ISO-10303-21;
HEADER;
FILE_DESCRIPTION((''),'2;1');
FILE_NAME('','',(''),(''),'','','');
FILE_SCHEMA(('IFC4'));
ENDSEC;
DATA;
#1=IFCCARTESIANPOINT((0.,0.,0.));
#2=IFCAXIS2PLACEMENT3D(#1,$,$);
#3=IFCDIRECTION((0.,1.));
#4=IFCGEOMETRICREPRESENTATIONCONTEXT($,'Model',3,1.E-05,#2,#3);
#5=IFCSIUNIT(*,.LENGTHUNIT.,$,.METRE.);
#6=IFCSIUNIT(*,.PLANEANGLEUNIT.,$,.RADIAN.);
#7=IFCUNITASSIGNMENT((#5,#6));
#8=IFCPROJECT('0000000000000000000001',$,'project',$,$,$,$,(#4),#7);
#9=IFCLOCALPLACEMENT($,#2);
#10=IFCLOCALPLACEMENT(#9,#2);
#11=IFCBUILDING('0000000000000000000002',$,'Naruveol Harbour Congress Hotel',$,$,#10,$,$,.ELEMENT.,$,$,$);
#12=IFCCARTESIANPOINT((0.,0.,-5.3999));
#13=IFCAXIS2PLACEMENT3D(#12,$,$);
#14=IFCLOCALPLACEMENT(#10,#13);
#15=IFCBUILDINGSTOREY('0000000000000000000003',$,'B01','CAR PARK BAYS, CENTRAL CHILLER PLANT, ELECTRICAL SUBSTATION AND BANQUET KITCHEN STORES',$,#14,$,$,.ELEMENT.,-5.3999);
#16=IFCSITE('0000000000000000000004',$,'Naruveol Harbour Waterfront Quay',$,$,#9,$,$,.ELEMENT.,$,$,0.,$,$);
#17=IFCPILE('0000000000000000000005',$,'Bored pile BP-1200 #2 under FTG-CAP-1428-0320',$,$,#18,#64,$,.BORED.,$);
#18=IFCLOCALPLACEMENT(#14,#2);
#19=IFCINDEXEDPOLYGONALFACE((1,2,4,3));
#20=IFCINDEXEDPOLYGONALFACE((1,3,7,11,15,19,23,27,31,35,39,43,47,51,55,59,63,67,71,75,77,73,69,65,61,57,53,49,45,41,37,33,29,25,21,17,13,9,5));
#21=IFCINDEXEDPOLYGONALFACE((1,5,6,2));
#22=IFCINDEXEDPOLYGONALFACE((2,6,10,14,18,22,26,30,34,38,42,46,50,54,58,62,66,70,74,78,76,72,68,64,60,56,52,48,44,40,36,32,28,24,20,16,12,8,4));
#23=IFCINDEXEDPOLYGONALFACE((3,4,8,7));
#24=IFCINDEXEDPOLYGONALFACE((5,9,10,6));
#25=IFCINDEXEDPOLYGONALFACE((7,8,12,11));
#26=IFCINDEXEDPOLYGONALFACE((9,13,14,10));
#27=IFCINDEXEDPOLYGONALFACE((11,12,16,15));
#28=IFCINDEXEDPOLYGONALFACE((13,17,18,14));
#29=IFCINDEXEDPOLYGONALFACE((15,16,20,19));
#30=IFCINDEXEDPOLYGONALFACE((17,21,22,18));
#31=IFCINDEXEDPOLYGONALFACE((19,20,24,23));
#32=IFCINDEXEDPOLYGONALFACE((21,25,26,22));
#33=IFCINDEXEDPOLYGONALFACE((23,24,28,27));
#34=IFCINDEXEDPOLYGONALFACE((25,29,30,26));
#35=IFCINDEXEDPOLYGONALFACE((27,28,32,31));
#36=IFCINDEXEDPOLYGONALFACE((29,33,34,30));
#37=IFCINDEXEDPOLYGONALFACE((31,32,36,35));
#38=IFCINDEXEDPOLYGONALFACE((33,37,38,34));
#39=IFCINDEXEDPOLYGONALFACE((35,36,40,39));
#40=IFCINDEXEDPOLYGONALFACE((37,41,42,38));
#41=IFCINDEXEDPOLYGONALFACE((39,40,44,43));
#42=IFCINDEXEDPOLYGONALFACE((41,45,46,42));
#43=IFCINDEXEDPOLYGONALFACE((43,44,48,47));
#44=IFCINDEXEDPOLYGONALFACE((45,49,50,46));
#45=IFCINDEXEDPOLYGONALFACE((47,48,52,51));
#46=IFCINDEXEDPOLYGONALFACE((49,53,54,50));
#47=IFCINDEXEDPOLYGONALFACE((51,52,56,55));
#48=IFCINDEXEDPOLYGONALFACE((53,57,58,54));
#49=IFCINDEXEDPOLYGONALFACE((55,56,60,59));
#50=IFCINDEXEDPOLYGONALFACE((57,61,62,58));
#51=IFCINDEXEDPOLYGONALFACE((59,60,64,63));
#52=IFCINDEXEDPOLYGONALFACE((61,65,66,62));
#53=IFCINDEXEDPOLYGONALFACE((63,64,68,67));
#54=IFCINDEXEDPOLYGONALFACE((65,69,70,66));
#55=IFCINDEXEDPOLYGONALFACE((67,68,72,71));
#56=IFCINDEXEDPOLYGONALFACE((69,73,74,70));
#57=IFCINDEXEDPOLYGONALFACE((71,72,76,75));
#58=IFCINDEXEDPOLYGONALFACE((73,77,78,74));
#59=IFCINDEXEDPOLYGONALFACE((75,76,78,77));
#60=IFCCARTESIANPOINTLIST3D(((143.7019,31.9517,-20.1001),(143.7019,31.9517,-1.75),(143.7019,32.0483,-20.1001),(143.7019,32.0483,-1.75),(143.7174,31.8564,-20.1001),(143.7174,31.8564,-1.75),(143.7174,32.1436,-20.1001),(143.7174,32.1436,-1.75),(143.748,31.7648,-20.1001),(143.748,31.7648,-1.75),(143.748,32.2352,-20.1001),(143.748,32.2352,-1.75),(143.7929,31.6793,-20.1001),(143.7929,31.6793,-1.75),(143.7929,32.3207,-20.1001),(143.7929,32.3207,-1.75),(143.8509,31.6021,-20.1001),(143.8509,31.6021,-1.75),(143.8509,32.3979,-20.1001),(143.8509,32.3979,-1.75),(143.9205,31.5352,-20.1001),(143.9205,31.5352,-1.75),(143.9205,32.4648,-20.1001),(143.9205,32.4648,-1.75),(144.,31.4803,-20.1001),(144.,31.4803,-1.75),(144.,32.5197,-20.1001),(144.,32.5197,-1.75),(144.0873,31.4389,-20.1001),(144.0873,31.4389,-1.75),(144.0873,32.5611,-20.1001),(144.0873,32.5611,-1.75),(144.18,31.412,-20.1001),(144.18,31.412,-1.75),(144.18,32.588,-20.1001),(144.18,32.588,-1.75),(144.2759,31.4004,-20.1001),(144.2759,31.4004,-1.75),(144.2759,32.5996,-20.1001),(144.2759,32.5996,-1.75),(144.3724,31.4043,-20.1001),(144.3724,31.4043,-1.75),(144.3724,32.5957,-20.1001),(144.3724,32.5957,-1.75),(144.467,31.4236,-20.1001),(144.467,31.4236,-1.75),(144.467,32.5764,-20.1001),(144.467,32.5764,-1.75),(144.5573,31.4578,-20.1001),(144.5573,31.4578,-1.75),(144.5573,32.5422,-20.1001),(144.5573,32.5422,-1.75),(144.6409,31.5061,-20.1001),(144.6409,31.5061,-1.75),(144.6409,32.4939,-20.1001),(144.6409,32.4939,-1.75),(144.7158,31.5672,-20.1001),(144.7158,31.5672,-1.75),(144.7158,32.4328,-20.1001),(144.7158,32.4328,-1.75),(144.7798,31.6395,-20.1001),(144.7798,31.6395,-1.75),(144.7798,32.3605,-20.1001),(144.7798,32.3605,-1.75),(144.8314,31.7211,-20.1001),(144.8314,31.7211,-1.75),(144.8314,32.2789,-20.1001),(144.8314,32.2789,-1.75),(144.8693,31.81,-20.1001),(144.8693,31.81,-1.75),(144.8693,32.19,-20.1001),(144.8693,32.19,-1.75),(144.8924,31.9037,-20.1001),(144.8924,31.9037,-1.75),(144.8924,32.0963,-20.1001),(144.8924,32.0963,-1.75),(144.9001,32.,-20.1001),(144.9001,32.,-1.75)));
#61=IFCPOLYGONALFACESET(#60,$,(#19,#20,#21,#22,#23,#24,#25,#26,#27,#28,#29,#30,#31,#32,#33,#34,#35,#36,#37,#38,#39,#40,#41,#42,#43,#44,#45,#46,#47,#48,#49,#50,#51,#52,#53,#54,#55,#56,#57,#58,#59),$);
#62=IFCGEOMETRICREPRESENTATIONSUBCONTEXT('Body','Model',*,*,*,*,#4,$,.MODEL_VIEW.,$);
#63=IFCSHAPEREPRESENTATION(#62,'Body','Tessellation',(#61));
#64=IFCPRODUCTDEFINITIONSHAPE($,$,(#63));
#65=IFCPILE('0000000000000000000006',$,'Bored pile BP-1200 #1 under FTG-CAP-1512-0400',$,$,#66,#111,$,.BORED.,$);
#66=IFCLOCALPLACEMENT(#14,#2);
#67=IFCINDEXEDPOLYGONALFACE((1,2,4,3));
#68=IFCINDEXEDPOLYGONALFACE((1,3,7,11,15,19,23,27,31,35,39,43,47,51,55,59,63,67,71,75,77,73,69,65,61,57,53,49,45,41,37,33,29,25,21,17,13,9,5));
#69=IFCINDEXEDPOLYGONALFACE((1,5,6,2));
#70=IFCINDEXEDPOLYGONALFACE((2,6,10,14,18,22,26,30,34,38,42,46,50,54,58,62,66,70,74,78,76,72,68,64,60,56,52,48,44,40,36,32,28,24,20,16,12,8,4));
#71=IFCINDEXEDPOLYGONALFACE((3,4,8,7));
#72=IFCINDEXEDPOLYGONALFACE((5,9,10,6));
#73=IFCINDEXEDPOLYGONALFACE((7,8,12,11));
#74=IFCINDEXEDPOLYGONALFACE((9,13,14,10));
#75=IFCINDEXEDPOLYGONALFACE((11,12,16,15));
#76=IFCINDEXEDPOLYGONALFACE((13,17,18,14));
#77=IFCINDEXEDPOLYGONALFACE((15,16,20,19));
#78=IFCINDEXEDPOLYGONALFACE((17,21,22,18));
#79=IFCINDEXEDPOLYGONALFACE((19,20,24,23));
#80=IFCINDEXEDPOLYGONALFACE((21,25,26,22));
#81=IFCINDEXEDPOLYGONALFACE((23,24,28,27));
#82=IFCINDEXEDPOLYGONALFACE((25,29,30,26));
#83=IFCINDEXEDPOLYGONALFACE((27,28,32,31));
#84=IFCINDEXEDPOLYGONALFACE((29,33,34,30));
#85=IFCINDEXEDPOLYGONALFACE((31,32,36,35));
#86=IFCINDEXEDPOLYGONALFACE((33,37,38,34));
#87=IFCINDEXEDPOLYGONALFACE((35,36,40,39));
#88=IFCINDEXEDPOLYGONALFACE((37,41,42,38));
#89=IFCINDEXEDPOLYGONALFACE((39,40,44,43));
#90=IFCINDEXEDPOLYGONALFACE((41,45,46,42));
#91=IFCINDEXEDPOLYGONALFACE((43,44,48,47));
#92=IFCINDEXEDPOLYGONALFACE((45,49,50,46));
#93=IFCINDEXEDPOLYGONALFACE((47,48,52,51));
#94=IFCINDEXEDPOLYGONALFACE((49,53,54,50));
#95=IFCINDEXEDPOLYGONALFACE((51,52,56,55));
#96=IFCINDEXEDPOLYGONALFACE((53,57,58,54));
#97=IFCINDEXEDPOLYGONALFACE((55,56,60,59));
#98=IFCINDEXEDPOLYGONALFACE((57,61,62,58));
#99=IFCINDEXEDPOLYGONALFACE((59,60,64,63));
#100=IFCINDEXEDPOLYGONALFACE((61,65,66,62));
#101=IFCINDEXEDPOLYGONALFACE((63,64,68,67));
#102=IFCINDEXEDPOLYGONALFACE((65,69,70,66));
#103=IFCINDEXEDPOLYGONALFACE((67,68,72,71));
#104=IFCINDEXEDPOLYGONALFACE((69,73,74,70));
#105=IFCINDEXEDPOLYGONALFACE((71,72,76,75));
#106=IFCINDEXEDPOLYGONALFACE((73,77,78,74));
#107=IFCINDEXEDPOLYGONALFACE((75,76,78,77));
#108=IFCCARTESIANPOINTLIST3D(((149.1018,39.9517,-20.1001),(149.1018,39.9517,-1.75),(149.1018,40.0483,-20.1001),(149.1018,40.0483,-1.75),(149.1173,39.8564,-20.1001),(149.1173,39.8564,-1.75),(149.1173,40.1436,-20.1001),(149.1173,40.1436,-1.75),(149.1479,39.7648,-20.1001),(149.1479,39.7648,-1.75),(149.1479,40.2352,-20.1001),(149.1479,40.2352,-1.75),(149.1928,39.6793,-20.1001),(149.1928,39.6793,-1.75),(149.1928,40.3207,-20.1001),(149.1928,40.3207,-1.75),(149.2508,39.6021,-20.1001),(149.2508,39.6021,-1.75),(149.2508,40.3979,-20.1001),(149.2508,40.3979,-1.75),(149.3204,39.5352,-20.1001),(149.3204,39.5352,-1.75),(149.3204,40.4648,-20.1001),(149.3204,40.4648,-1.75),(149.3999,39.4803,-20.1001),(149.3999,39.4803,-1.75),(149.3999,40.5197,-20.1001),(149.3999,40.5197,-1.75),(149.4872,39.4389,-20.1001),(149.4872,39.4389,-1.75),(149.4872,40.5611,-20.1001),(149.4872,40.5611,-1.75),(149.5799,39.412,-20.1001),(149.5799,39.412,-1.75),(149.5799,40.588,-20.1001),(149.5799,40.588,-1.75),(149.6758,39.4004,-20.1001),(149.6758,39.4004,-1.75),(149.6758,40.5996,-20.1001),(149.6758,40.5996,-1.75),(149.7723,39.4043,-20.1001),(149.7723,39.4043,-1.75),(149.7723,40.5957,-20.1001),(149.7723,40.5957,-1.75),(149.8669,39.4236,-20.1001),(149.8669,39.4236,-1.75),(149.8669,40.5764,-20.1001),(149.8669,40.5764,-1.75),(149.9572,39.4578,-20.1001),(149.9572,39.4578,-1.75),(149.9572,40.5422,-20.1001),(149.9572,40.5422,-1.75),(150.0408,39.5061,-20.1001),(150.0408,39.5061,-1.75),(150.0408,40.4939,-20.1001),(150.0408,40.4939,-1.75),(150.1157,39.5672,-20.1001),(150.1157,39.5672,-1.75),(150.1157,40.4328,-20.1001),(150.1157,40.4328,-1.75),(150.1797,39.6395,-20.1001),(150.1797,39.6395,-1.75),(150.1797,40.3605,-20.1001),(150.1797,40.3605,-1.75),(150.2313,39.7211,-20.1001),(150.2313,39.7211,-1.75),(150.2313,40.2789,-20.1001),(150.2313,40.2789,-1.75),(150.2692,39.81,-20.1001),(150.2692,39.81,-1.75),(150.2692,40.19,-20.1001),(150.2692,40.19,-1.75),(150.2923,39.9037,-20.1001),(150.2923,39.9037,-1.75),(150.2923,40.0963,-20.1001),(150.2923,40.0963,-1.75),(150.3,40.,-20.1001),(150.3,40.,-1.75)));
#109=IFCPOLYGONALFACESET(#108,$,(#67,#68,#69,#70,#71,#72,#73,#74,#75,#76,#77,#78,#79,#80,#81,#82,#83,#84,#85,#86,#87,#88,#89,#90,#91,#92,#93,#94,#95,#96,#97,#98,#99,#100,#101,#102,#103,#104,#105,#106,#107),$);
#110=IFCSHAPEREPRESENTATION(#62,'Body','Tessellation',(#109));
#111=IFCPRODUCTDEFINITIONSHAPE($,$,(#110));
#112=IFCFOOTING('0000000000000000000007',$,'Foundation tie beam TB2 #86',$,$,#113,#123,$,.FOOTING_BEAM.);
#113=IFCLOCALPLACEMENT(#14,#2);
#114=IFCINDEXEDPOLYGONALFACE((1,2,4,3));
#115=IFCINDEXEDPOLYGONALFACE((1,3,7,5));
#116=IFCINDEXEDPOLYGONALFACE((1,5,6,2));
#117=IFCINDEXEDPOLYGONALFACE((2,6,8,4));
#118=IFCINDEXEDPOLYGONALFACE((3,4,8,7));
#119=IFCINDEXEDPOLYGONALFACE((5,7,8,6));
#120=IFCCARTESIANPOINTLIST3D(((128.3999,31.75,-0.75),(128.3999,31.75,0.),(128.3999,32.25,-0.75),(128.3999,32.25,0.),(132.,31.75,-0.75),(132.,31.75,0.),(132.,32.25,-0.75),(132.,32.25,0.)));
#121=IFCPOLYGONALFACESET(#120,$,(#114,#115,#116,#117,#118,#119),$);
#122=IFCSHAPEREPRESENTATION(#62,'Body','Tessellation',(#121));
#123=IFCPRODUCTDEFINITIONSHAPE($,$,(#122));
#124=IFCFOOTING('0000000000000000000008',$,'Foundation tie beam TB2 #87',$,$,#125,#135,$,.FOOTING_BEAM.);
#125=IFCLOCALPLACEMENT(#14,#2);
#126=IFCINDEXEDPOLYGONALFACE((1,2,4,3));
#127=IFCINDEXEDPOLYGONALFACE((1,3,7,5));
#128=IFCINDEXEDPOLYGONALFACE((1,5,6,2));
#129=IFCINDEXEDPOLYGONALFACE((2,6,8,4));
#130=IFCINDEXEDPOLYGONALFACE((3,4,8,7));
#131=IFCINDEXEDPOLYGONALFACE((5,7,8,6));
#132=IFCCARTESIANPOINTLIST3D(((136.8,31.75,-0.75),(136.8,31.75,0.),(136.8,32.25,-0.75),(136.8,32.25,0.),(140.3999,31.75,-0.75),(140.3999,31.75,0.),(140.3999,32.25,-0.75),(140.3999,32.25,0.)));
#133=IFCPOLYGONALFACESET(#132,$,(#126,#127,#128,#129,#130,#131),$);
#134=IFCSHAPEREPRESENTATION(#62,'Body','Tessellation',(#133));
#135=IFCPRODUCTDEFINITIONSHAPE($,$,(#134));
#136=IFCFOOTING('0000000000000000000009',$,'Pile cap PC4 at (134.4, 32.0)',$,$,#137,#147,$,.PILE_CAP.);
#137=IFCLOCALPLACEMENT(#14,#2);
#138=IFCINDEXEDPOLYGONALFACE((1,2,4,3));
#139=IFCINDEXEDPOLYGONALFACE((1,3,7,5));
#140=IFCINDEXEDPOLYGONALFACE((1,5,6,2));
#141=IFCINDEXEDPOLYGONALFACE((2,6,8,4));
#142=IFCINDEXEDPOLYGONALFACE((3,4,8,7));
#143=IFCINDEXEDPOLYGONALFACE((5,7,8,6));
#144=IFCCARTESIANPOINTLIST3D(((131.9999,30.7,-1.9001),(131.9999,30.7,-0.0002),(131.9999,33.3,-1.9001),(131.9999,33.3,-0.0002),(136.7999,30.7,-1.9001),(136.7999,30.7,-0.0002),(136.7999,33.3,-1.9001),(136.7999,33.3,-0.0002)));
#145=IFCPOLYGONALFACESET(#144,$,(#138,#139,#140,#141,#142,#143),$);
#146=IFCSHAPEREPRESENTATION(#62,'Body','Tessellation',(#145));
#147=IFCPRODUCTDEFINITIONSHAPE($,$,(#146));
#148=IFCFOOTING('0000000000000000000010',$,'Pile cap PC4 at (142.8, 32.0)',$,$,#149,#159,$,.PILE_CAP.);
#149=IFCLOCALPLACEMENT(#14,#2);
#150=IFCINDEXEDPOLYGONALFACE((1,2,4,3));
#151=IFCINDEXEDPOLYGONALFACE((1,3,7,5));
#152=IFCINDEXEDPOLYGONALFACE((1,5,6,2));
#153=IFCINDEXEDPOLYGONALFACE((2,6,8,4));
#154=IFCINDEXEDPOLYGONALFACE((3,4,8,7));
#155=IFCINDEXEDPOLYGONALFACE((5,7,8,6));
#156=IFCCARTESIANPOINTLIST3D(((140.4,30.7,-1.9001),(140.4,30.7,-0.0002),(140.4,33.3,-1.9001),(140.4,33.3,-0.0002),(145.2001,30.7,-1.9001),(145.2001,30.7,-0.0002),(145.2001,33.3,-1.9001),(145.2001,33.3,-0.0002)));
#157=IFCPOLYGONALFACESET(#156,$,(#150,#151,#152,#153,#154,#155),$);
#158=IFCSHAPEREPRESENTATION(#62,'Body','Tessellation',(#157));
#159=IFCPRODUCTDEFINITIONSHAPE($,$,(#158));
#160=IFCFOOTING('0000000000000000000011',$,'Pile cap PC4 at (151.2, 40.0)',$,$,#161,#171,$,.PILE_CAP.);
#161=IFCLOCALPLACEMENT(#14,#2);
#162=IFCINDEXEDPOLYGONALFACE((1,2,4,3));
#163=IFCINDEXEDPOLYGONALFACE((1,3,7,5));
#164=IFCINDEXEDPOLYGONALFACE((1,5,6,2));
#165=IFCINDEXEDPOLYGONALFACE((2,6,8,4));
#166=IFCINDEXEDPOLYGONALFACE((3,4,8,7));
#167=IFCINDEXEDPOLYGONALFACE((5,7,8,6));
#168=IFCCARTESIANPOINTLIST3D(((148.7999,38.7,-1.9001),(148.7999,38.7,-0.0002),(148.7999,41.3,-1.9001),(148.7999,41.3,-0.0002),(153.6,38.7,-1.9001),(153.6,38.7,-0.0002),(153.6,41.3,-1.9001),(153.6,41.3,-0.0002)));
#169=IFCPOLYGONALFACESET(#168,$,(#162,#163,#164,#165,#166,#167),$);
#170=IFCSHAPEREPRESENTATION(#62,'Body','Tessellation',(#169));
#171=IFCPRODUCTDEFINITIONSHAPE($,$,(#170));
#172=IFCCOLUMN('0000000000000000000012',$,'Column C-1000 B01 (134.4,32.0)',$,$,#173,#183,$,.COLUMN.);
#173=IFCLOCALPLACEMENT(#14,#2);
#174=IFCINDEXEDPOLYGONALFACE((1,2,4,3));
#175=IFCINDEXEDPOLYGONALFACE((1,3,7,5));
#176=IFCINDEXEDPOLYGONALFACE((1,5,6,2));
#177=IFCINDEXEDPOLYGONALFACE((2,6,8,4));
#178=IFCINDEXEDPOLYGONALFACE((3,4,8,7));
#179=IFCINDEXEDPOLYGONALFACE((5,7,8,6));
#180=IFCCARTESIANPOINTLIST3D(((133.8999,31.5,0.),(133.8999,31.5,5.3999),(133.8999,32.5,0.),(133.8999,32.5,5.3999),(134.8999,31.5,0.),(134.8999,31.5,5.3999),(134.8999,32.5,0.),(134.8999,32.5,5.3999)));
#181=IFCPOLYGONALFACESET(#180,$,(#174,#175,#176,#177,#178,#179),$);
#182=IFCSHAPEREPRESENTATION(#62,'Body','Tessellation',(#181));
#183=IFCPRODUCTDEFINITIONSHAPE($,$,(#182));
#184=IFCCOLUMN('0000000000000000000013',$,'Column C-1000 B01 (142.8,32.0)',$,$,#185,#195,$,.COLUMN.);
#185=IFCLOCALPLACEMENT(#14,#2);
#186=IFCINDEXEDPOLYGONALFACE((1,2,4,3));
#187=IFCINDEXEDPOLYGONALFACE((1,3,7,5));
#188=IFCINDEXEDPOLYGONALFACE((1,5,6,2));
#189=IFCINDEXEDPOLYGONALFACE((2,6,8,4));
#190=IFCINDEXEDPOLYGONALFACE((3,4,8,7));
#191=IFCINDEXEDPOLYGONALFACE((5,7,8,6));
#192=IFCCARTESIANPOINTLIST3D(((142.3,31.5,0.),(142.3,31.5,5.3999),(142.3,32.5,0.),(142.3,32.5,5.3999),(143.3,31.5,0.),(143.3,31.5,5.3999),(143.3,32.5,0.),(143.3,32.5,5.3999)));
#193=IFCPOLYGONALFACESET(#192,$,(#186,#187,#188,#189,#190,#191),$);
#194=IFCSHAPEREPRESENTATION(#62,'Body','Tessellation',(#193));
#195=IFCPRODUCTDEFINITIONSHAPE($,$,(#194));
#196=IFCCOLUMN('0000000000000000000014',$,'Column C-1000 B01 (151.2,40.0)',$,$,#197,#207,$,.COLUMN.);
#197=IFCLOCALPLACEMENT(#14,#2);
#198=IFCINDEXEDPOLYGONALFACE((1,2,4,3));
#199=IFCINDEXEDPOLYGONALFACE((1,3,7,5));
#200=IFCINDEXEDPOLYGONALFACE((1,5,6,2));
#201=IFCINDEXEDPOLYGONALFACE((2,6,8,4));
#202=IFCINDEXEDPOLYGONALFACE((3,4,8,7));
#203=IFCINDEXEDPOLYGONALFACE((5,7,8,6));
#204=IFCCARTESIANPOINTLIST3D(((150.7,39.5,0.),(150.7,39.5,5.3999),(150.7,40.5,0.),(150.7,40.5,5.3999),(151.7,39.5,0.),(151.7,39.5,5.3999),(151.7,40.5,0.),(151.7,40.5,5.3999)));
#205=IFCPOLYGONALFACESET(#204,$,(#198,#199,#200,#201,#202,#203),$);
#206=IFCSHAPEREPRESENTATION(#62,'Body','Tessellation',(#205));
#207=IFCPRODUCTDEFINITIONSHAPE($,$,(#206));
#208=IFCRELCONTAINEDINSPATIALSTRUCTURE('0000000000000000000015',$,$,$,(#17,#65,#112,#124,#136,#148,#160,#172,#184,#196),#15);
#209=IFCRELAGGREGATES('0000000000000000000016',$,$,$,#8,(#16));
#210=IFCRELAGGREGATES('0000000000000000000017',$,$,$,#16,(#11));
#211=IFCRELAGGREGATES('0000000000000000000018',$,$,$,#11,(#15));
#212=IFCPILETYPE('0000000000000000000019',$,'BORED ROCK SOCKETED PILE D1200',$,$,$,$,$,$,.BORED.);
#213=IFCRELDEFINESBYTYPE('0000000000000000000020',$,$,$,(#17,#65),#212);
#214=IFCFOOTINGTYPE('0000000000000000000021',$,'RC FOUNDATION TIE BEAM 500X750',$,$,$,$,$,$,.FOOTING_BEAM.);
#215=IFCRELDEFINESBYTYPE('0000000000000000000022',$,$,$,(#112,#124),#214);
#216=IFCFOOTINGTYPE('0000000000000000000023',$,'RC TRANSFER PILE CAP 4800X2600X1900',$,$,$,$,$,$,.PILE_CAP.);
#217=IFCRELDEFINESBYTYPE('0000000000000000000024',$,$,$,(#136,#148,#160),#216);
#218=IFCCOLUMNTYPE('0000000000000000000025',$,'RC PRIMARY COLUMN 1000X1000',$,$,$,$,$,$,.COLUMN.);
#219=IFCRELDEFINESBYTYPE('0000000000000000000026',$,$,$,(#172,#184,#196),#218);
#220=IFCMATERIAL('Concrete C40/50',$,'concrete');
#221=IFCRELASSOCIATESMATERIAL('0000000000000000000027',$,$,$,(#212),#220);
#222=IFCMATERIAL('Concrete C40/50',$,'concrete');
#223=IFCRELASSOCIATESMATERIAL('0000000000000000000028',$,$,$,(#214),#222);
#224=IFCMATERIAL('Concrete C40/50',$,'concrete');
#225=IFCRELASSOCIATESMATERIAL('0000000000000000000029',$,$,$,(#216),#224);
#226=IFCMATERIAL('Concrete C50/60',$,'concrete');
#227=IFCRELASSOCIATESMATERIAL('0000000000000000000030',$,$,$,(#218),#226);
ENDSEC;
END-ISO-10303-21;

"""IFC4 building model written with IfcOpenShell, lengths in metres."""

from ifc_helpers import new_model, si_unit, direction, frame, origin, origin_2d, place, context, subcontext, project, spatial, rectangle, circle, extrude, material, material_profile, profile_set, type_object, element, save


model = new_model("IFC4")

# Units and contexts
model_context = context("Model", 3, precision=1e-05, world=origin(), true_north=direction((0.0, 1.0)))
body_context = subcontext(model_context, "Body", "Model", "MODEL_VIEW")
ifc_project = project(units=[si_unit("LENGTHUNIT", "METRE"), si_unit("PLANEANGLEUNIT", "RADIAN")], contexts=[model_context])

# Site, building, storey
site_placement = place(None, origin())
site = spatial("IfcSite", under=ifc_project, at=site_placement, Name="Naruveol Harbour Waterfront Quay", CompositionType="ELEMENT", RefElevation=0.0)
building_placement = place(site_placement, origin())
building = spatial("IfcBuilding", under=site, at=building_placement, Name="Naruveol Harbour Congress Hotel", CompositionType="ELEMENT")
storey_placement = place(building_placement, frame((0.0, 0.0, -5.3999)))
storey = spatial("IfcBuildingStorey", under=building, at=storey_placement, Name="B01", Description="CAR PARK BAYS, CENTRAL CHILLER PLANT, ELECTRICAL SUBSTATION AND BANQUET KITCHEN STORES", CompositionType="ELEMENT", Elevation=-5.3999)

# Piles
ifc_material_1 = material(Name="Concrete C40/50", Category="concrete")
ifc_material_profile_1 = material_profile(ifc_material_1, circle(Radius=0.6001, at=origin_2d()), Name="BP-1200")
ifc_profile_set_1 = profile_set([ifc_material_profile_1], Name="Concrete C40/50")
pile_type = type_object("IfcPileType", Name="BORED ROCK SOCKETED PILE D1200", PredefinedType="BORED", material=ifc_profile_set_1)
for number, where, z_axis, x_axis, name in (
    (1, (144.3, 32.0, -1.75), (0.0, 0.0, -1.0), (1.0, 0.0, 0.0), "Bored pile BP-1200 #2 under FTG-CAP-1428-0320"),
    (2, (149.7, 40.0, -1.75), (0.0, 0.0, -1.0), (1.0, 0.0, 0.0), "Bored pile BP-1200 #1 under FTG-CAP-1512-0400"),
):
    element("IfcPile", number, at=place(storey_placement, frame(where, z_axis=z_axis, x_axis=x_axis)), inside=storey, type_object=pile_type, Name=name, PredefinedType="BORED", context=body_context, shape_type="SweptSolid", body=[
        extrude(circle(Radius=0.6001, at=origin_2d()), origin(), (0.0, 0.0, 1.0), 18.3501),
    ])

# Footings
ifc_material_2 = material(Name="Concrete C40/50", Category="concrete")
ifc_material_profile_2 = material_profile(ifc_material_2, rectangle(XDim=0.5, YDim=0.75, at=origin_2d()), Name="RCB-500x750")
ifc_profile_set_2 = profile_set([ifc_material_profile_2], Name="Concrete C40/50")
footing_type_1 = type_object("IfcFootingType", Name="RC FOUNDATION TIE BEAM 500X750", PredefinedType="FOOTING_BEAM", material=ifc_profile_set_2)
footing_1_placement = place(storey_placement, frame((128.3999, 32.0, -0.375), z_axis=(1.0, 0.0, 0.0), x_axis=(0.0, 1.0, 0.0)))
element("IfcFooting", 3, at=footing_1_placement, inside=storey, type_object=footing_type_1, Name="Foundation tie beam TB2 #86", PredefinedType="FOOTING_BEAM", context=body_context, shape_type="SweptSolid", body=[
    extrude(rectangle(XDim=0.5, YDim=0.75, at=origin_2d()), origin(), (0.0, 0.0, 1.0), 3.6001),
])
footing_2_placement = place(storey_placement, frame((136.8, 32.0, -0.375), z_axis=(1.0, 0.0, 0.0), x_axis=(0.0, 1.0, 0.0)))
element("IfcFooting", 4, at=footing_2_placement, inside=storey, type_object=footing_type_1, Name="Foundation tie beam TB2 #87", PredefinedType="FOOTING_BEAM", context=body_context, shape_type="SweptSolid", body=[
    extrude(rectangle(XDim=0.5, YDim=0.75, at=origin_2d()), origin(), (0.0, 0.0, 1.0), 3.5999),
])
ifc_material_3 = material(Name="Concrete C40/50", Category="concrete")
footing_type_2 = type_object("IfcFootingType", Name="RC TRANSFER PILE CAP 4800X2600X1900", PredefinedType="PILE_CAP", material=ifc_material_3)
for number, where, z_axis, x_axis, name in (
    (5, (134.3999, 32.0, -1.9001), (0.0, 0.0, 1.0), (1.0, 0.0, 0.0), "Pile cap PC4 at (134.4, 32.0)"),
    (6, (142.8, 32.0, -1.9001), (0.0, 0.0, 1.0), (1.0, 0.0, 0.0), "Pile cap PC4 at (142.8, 32.0)"),
    (7, (151.2, 40.0, -1.9001), (0.0, 0.0, 1.0), (1.0, 0.0, 0.0), "Pile cap PC4 at (151.2, 40.0)"),
):
    element("IfcFooting", number, at=place(storey_placement, frame(where, z_axis=z_axis, x_axis=x_axis)), inside=storey, type_object=footing_type_2, Name=name, PredefinedType="PILE_CAP", context=body_context, shape_type="SweptSolid", body=[
        extrude(rectangle(XDim=4.8, YDim=2.6001, at=origin_2d()), origin(), (0.0, 0.0, 1.0), 1.8999),
    ])

# Columns
ifc_material_4 = material(Name="Concrete C50/60", Category="concrete")
ifc_material_profile_3 = material_profile(ifc_material_4, rectangle(XDim=1.0, YDim=1.0, at=origin_2d()), Name="RC-1000x1000")
ifc_profile_set_3 = profile_set([ifc_material_profile_3], Name="Concrete C50/60")
column_type = type_object("IfcColumnType", Name="RC PRIMARY COLUMN 1000X1000", PredefinedType="COLUMN", material=ifc_profile_set_3)
for number, where, z_axis, x_axis, name in (
    (8, (134.3999, 32.0, 0.0), (0.0, 0.0, 1.0), (1.0, 0.0, 0.0), "Column C-1000 B01 (134.4,32.0)"),
    (9, (142.8, 32.0, 0.0), (0.0, 0.0, 1.0), (1.0, 0.0, 0.0), "Column C-1000 B01 (142.8,32.0)"),
    (10, (151.2, 40.0, 0.0), (0.0, 0.0, 1.0), (1.0, 0.0, 0.0), "Column C-1000 B01 (151.2,40.0)"),
):
    element("IfcColumn", number, at=place(storey_placement, frame(where, z_axis=z_axis, x_axis=x_axis)), inside=storey, type_object=column_type, Name=name, PredefinedType="COLUMN", context=body_context, shape_type="SweptSolid", body=[
        extrude(rectangle(XDim=1.0, YDim=1.0, at=origin_2d()), origin(), (0.0, 0.0, 1.0), 5.3999),
    ])

save(model, "model.ifc")
